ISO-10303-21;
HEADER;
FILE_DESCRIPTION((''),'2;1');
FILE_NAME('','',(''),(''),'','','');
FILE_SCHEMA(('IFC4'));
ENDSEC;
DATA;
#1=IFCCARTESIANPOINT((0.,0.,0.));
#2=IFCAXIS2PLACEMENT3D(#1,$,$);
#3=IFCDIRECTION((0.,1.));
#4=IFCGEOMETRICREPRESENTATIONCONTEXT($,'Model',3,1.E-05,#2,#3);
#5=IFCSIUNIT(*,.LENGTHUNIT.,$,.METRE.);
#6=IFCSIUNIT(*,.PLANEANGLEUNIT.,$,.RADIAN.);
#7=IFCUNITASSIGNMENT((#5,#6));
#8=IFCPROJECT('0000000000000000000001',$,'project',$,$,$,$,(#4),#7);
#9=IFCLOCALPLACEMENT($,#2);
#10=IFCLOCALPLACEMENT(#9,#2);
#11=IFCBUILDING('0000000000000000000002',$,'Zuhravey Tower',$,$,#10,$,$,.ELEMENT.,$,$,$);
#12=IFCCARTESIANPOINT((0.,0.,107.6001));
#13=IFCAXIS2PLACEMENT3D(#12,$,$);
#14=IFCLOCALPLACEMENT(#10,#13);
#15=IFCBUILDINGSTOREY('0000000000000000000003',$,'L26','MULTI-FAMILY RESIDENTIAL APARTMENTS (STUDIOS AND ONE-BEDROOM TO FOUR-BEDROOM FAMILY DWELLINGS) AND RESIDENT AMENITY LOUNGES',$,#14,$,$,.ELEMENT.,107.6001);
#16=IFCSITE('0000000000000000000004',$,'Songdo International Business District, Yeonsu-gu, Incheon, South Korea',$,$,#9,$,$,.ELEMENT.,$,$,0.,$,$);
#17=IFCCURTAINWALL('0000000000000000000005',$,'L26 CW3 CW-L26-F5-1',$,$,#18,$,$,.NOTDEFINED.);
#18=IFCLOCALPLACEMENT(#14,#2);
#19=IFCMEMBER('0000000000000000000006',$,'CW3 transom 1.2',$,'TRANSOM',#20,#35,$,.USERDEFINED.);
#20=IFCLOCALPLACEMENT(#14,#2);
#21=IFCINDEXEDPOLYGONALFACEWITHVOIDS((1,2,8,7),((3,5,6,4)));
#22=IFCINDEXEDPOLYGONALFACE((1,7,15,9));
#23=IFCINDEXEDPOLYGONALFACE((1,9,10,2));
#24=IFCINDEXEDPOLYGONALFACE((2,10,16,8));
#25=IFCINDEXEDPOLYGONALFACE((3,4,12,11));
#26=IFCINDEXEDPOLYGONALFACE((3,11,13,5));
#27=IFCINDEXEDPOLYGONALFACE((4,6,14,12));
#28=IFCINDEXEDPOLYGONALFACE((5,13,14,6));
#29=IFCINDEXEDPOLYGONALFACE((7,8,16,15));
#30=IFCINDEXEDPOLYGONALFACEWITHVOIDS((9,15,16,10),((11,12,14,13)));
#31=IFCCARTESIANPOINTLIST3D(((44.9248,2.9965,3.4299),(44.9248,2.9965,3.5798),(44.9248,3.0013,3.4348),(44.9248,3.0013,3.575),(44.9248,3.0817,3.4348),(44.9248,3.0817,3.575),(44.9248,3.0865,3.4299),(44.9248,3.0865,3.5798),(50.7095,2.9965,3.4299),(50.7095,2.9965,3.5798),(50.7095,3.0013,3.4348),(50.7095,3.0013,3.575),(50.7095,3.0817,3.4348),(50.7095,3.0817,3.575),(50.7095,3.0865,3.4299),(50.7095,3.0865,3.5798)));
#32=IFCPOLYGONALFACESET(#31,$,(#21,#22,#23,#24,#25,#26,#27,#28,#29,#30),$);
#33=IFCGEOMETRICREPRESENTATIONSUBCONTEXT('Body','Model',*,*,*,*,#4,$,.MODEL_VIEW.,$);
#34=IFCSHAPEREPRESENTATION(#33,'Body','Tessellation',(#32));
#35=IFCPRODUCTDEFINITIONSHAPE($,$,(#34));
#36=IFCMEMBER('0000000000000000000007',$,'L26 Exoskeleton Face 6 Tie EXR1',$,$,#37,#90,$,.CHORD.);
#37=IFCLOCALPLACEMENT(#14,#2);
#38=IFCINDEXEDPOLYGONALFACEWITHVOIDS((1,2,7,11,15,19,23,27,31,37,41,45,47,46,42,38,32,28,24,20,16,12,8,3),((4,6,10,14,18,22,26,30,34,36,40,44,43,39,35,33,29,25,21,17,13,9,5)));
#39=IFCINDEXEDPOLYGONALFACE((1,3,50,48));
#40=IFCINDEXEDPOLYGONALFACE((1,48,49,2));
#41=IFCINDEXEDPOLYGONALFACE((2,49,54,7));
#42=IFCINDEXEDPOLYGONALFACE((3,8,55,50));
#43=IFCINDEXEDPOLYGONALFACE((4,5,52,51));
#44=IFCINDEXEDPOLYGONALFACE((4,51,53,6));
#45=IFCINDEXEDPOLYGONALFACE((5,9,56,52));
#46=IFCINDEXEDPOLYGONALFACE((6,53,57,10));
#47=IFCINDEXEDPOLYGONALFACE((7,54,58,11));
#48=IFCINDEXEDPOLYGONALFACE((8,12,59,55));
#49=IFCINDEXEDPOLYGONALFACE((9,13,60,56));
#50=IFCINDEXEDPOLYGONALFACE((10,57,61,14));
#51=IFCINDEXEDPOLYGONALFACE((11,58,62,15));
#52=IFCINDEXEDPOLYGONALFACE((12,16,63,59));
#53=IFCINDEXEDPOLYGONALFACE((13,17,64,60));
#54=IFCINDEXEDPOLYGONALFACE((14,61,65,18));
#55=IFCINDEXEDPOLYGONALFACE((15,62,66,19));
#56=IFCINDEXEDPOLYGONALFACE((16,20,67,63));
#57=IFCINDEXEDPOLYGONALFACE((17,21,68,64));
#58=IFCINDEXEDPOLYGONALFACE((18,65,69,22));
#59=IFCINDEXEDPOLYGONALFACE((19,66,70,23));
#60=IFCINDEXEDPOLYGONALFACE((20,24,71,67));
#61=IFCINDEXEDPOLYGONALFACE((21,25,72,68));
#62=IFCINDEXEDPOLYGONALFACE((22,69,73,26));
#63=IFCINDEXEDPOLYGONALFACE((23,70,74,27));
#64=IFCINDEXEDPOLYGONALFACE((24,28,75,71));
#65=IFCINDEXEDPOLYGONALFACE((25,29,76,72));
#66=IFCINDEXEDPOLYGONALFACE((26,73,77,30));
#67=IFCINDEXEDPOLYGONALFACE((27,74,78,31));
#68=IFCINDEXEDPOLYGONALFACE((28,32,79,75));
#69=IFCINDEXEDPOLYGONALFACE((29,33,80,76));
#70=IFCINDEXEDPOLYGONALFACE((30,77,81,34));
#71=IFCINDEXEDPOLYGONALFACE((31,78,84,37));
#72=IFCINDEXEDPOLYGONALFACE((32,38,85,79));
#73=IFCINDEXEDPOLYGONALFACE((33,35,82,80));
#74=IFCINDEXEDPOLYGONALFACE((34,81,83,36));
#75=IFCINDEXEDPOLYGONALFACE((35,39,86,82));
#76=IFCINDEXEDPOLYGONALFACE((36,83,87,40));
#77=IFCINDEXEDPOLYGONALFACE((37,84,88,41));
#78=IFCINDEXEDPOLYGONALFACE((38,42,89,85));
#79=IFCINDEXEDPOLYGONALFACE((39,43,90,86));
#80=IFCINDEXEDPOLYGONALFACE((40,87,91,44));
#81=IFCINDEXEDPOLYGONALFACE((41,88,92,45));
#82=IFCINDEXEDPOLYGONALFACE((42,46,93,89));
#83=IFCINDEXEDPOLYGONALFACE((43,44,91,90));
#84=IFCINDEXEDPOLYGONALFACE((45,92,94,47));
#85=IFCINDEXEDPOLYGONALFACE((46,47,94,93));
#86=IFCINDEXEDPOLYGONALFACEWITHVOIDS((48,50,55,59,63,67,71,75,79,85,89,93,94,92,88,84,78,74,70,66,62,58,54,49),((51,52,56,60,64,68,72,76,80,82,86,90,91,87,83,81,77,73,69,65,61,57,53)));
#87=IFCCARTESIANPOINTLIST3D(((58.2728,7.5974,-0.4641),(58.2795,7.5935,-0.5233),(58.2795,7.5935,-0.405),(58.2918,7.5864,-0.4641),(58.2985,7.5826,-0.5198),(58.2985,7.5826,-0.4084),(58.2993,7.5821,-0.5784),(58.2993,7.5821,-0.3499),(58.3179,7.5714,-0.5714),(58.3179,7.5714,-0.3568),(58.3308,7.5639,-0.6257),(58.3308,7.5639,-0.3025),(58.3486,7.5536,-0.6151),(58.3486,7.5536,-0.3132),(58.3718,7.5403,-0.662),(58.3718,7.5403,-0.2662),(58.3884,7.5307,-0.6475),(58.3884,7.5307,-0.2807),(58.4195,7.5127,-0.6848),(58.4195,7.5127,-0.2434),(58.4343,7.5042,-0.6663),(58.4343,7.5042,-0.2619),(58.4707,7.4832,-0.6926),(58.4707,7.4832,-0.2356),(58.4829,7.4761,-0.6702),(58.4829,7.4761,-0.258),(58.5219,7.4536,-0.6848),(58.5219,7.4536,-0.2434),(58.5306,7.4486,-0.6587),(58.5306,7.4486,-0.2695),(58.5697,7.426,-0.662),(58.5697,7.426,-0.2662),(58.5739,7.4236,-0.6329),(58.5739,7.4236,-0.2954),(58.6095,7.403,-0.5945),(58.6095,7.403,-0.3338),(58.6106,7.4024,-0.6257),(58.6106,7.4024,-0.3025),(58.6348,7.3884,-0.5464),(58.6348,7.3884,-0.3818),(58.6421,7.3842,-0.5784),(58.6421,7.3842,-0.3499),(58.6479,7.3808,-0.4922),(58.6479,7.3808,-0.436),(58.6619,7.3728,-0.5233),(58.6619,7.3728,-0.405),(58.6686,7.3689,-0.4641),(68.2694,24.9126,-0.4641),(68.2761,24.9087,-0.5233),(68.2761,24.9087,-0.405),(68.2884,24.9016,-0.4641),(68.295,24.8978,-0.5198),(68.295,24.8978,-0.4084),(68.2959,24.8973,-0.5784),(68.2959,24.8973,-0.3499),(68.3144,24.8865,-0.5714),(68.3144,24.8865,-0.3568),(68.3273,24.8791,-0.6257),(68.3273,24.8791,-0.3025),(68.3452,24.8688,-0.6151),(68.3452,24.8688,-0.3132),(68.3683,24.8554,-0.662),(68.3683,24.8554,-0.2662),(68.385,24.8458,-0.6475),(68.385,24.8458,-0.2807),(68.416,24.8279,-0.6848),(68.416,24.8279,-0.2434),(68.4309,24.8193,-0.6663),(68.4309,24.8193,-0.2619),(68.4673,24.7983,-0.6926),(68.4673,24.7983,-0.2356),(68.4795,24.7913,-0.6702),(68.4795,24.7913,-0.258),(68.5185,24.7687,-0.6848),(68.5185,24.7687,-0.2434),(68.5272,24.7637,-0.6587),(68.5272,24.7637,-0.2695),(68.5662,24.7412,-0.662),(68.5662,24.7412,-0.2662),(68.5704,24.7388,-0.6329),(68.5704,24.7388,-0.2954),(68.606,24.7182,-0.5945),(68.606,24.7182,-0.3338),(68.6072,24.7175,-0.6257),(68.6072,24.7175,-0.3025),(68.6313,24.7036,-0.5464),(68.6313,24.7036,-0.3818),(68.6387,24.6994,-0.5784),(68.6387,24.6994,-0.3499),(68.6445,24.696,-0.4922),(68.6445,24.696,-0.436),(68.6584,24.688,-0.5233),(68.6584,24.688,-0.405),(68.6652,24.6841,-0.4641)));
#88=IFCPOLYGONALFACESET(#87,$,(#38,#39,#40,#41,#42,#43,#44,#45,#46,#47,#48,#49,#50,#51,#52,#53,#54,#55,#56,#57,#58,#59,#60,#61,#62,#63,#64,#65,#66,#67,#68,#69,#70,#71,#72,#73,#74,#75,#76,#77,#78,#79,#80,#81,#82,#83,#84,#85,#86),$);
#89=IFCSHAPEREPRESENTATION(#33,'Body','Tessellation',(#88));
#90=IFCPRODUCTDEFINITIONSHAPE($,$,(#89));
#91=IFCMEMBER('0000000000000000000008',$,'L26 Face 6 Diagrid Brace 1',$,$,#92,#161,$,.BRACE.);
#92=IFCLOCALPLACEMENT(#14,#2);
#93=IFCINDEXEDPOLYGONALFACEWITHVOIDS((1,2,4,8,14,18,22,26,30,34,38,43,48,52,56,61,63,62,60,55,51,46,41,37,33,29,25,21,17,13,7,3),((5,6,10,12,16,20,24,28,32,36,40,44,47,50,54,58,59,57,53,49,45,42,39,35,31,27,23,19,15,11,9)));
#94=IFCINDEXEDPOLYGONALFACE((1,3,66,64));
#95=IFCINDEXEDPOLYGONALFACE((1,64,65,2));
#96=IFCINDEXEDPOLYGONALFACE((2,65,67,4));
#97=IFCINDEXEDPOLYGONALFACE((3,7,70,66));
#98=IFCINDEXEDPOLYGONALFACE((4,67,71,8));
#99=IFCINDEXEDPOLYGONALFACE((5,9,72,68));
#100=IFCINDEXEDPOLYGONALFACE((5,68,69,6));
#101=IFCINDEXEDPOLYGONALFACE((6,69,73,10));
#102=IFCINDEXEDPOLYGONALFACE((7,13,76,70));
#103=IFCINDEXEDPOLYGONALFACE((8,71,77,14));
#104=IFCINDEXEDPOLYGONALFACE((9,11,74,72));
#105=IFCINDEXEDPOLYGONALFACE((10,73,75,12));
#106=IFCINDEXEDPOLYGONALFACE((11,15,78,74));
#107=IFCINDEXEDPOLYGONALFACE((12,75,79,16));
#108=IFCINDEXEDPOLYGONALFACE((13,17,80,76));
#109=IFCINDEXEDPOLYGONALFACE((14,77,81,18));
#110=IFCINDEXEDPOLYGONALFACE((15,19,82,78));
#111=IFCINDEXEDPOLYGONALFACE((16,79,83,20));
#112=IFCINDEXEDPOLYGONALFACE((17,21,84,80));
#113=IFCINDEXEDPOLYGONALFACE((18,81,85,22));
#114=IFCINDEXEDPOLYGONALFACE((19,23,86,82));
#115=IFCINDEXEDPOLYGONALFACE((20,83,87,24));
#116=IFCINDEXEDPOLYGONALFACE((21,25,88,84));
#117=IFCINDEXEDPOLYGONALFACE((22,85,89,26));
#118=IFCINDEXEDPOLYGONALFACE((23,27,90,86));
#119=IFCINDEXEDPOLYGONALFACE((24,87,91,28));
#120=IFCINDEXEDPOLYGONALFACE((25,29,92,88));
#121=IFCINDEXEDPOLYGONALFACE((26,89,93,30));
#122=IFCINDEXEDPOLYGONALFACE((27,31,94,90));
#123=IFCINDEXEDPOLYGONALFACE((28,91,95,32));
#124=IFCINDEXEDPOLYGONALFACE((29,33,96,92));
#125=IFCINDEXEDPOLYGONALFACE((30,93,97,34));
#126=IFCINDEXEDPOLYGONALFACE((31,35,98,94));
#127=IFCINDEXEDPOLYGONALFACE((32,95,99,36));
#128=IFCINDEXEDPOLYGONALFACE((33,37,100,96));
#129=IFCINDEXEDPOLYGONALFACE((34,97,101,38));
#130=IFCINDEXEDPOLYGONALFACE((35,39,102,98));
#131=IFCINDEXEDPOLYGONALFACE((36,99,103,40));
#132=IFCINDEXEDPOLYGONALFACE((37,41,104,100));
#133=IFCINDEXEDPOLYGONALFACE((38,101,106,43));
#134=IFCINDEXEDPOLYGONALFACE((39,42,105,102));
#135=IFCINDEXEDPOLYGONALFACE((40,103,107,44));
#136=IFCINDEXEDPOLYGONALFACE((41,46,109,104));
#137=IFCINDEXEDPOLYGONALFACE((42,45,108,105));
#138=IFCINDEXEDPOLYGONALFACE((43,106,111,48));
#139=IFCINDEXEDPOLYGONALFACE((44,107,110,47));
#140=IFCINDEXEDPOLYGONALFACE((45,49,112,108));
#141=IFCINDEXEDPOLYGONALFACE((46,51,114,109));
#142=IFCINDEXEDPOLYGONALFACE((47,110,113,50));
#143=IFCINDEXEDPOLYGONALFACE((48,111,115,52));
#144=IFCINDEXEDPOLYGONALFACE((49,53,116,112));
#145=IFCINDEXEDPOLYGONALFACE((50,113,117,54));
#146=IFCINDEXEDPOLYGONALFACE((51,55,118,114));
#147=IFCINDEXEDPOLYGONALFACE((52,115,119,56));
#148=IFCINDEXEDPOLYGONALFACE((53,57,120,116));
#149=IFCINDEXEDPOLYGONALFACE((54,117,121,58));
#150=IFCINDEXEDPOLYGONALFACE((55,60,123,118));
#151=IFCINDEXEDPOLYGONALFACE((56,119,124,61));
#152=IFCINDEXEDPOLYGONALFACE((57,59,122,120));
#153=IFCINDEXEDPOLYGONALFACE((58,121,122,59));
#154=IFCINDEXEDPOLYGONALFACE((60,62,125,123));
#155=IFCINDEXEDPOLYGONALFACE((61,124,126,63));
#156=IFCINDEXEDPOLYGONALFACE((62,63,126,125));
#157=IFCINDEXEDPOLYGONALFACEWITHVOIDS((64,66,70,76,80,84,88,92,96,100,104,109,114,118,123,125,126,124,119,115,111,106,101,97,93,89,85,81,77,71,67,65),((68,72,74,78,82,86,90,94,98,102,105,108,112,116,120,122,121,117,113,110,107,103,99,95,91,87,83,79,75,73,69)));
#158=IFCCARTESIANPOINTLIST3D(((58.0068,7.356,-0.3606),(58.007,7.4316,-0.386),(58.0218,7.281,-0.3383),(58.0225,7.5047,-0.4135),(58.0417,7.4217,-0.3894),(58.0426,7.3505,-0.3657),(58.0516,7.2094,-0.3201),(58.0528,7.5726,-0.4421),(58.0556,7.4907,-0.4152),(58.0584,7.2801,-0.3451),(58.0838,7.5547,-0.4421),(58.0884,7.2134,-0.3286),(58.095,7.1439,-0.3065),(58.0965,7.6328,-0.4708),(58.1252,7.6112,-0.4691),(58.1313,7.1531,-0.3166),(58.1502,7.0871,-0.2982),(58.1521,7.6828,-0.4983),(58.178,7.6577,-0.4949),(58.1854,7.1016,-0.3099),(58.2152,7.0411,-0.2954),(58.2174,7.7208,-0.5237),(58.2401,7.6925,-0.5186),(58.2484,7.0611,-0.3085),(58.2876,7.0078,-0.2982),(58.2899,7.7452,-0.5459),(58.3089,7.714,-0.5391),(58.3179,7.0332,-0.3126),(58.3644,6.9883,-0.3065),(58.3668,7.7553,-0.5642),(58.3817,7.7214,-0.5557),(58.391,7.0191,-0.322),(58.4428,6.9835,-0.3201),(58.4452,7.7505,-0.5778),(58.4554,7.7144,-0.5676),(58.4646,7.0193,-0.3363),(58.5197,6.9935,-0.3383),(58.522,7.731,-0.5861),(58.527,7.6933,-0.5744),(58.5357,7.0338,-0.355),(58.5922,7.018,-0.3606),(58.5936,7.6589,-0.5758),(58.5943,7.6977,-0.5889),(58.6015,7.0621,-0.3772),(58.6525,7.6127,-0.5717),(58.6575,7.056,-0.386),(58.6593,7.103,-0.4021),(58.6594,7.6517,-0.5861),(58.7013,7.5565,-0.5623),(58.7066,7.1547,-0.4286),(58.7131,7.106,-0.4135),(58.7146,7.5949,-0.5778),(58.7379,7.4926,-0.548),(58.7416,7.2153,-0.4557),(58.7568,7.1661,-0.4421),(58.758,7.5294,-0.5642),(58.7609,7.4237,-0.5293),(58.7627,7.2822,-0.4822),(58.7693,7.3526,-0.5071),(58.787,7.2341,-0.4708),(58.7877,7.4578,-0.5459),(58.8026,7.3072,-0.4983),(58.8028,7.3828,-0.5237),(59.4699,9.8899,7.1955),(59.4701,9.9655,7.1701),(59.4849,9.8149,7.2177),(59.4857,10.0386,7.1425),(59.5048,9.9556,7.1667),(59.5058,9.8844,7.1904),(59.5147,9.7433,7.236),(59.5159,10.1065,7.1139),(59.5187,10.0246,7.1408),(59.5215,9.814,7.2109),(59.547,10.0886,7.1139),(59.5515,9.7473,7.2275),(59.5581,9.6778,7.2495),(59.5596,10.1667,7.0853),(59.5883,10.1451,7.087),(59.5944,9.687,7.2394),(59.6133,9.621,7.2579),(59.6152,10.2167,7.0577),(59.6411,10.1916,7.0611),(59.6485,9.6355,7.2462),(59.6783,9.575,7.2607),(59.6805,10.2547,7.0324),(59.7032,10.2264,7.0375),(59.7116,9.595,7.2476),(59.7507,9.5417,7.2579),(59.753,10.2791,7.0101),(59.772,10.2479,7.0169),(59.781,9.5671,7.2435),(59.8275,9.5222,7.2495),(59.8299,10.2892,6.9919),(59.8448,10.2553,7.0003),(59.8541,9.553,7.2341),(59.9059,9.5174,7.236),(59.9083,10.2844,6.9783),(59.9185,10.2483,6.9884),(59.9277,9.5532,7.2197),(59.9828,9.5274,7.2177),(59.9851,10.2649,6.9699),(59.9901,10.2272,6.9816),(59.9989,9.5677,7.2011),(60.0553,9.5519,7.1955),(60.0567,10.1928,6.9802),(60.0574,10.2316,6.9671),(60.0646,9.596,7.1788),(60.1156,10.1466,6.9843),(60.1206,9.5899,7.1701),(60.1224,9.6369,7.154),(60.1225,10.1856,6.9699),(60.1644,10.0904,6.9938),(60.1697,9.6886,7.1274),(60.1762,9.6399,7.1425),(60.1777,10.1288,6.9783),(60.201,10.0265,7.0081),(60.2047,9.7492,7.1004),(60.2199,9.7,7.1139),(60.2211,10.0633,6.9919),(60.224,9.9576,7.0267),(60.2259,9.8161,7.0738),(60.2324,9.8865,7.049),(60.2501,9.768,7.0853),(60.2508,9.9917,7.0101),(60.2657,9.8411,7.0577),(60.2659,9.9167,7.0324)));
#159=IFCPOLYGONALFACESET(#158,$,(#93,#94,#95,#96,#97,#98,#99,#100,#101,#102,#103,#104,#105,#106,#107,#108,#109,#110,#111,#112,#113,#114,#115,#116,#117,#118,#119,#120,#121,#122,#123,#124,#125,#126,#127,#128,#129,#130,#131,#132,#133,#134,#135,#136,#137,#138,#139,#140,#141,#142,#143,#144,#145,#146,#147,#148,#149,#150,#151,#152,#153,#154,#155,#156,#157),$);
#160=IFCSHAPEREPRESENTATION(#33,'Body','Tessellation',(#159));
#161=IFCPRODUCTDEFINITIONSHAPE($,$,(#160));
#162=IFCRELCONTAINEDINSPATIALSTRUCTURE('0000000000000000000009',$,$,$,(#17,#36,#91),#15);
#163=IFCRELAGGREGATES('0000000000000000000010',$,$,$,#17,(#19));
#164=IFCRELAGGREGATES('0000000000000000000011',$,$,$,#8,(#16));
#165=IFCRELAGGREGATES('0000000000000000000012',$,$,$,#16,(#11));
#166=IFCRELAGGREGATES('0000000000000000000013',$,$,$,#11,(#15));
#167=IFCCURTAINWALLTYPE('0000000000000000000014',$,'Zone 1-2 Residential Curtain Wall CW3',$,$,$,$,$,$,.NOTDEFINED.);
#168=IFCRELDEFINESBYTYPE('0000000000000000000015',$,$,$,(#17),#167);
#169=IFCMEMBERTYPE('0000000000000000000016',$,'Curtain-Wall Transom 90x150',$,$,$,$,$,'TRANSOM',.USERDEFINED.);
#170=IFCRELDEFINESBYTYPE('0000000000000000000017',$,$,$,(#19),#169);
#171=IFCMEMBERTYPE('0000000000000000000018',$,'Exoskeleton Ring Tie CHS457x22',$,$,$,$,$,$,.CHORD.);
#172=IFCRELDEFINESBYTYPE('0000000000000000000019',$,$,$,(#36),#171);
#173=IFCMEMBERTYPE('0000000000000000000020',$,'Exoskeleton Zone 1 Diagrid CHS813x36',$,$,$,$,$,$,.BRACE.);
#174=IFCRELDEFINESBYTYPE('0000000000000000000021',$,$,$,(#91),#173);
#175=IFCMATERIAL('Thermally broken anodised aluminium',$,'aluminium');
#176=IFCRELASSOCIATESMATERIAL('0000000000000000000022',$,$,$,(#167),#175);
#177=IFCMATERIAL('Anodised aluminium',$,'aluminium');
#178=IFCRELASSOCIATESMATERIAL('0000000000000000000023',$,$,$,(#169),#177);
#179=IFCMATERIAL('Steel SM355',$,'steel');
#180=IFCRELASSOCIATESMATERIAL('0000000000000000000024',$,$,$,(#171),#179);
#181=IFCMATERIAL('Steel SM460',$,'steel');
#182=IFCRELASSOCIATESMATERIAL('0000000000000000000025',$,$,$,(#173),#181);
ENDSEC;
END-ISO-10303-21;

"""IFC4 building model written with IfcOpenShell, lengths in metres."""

from ifc_helpers import new_model, si_unit, direction, frame, origin, origin_2d, place, context, subcontext, project, spatial, hollow_rectangle, hollow_circle, extrude, material, material_profile, profile_set, type_object, element, aggregate, save


model = new_model("IFC4")

# Units and contexts
model_context = context("Model", 3, precision=1e-05, world=origin(), true_north=direction((0.0, 1.0)))
body_context = subcontext(model_context, "Body", "Model", "MODEL_VIEW")
ifc_project = project(units=[si_unit("LENGTHUNIT", "METRE"), si_unit("PLANEANGLEUNIT", "RADIAN")], contexts=[model_context])

# Site, building, storey
site_placement = place(None, origin())
site = spatial("IfcSite", under=ifc_project, at=site_placement, Name="Songdo International Business District, Yeonsu-gu, Incheon, South Korea", CompositionType="ELEMENT", RefElevation=0.0)
building_placement = place(site_placement, origin())
building = spatial("IfcBuilding", under=site, at=building_placement, Name="Zuhravey Tower", CompositionType="ELEMENT")
storey_placement = place(building_placement, frame((0.0, 0.0, 107.6001)))
storey = spatial("IfcBuildingStorey", under=building, at=storey_placement, Name="L26", Description="MULTI-FAMILY RESIDENTIAL APARTMENTS (STUDIOS AND ONE-BEDROOM TO FOUR-BEDROOM FAMILY DWELLINGS) AND RESIDENT AMENITY LOUNGES", CompositionType="ELEMENT", Elevation=107.6001)

# Shared definitions
ifc_material_1 = material(Name="Thermally broken anodised aluminium", Category="aluminium")
curtain_wall_type = type_object("IfcCurtainWallType", Name="Zone 1-2 Residential Curtain Wall CW3", PredefinedType="NOTDEFINED", material=ifc_material_1)
ifc_material_2 = material(Name="Anodised aluminium", Category="aluminium")

# Curtain wall
curtain_wall_1_placement = place(storey_placement, origin())
curtain_wall_1 = element("IfcCurtainWall", 1, at=curtain_wall_1_placement, inside=storey, type_object=curtain_wall_type, Name="L26 CW3 CW-L26-F5-1", PredefinedType="NOTDEFINED")

# Member
ifc_material_profile_1 = material_profile(ifc_material_2, hollow_rectangle(XDim=0.0901, YDim=0.1499, WallThickness=0.0049, at=origin_2d()), Name="ALU-RHS-90x150x5")
ifc_profile_set_1 = profile_set([ifc_material_profile_1], Name="Anodised aluminium")
member_type_1 = type_object("IfcMemberType", Name="Curtain-Wall Transom 90x150", ElementType="TRANSOM", PredefinedType="USERDEFINED", material=ifc_profile_set_1)
member_1_placement = place(storey_placement, frame((50.7095, 3.0415, 3.5049), z_axis=(-1.0, 0.0, 0.0), x_axis=(0.0, -1.0, 0.0)))
member_1 = element("IfcMember", 2, at=member_1_placement, type_object=member_type_1, Name="CW3 transom 1.2", ObjectType="TRANSOM", PredefinedType="USERDEFINED", context=body_context, shape_type="SweptSolid", body=[
    extrude(hollow_rectangle(XDim=0.0901, YDim=0.1499, WallThickness=0.0049, at=origin_2d()), origin(), (0.0, 0.0, 1.0), 5.7847),
])
aggregate(curtain_wall_1, [member_1])

# Members
ifc_material_3 = material(Name="Steel SM355", Category="steel")
ifc_material_profile_2 = material_profile(ifc_material_3, hollow_circle(Radius=0.2285, WallThickness=0.022, at=origin_2d()), Name="CHS-457.2x22")
ifc_profile_set_2 = profile_set([ifc_material_profile_2], Name="Steel SM355")
member_type_2 = type_object("IfcMemberType", Name="Exoskeleton Ring Tie CHS457x22", PredefinedType="CHORD", material=ifc_profile_set_2)
member_2_placement = place(storey_placement, frame((58.4707, 7.4832, -0.4641), z_axis=(0.499987, 0.866033, 0.0), x_axis=(-0.866033, 0.499987, 0.0)))
element("IfcMember", 3, at=member_2_placement, inside=storey, type_object=member_type_2, Name="L26 Exoskeleton Face 6 Tie EXR1", PredefinedType="CHORD", context=body_context, shape_type="SweptSolid", body=[
    extrude(hollow_circle(Radius=0.2285, WallThickness=0.022, at=origin_2d()), origin(), (0.0, 0.0, 1.0), 19.9937),
])
ifc_material_4 = material(Name="Steel SM460", Category="steel")
ifc_material_profile_3 = material_profile(ifc_material_4, hollow_circle(Radius=0.4065, WallThickness=0.0359, at=origin_2d()), Name="CHS-812.8x36")
ifc_profile_set_3 = profile_set([ifc_material_profile_3], Name="Steel SM460")
member_type_3 = type_object("IfcMemberType", Name="Exoskeleton Zone 1 Diagrid CHS813x36", PredefinedType="BRACE", material=ifc_profile_set_3)
member_3_placement = place(storey_placement, frame((58.4048, 7.3694, -0.4421), z_axis=(0.180569, 0.312719, 0.932524), x_axis=(-0.866001, 0.500043, 0.0)))
element("IfcMember", 4, at=member_3_placement, inside=storey, type_object=member_type_3, Name="L26 Face 6 Diagrid Brace 1", PredefinedType="BRACE", context=body_context, shape_type="SweptSolid", body=[
    extrude(hollow_circle(Radius=0.4065, WallThickness=0.0359, at=origin_2d()), origin(), (0.0, 0.0, 1.0), 8.1028),
])

save(model, "model.ifc")
